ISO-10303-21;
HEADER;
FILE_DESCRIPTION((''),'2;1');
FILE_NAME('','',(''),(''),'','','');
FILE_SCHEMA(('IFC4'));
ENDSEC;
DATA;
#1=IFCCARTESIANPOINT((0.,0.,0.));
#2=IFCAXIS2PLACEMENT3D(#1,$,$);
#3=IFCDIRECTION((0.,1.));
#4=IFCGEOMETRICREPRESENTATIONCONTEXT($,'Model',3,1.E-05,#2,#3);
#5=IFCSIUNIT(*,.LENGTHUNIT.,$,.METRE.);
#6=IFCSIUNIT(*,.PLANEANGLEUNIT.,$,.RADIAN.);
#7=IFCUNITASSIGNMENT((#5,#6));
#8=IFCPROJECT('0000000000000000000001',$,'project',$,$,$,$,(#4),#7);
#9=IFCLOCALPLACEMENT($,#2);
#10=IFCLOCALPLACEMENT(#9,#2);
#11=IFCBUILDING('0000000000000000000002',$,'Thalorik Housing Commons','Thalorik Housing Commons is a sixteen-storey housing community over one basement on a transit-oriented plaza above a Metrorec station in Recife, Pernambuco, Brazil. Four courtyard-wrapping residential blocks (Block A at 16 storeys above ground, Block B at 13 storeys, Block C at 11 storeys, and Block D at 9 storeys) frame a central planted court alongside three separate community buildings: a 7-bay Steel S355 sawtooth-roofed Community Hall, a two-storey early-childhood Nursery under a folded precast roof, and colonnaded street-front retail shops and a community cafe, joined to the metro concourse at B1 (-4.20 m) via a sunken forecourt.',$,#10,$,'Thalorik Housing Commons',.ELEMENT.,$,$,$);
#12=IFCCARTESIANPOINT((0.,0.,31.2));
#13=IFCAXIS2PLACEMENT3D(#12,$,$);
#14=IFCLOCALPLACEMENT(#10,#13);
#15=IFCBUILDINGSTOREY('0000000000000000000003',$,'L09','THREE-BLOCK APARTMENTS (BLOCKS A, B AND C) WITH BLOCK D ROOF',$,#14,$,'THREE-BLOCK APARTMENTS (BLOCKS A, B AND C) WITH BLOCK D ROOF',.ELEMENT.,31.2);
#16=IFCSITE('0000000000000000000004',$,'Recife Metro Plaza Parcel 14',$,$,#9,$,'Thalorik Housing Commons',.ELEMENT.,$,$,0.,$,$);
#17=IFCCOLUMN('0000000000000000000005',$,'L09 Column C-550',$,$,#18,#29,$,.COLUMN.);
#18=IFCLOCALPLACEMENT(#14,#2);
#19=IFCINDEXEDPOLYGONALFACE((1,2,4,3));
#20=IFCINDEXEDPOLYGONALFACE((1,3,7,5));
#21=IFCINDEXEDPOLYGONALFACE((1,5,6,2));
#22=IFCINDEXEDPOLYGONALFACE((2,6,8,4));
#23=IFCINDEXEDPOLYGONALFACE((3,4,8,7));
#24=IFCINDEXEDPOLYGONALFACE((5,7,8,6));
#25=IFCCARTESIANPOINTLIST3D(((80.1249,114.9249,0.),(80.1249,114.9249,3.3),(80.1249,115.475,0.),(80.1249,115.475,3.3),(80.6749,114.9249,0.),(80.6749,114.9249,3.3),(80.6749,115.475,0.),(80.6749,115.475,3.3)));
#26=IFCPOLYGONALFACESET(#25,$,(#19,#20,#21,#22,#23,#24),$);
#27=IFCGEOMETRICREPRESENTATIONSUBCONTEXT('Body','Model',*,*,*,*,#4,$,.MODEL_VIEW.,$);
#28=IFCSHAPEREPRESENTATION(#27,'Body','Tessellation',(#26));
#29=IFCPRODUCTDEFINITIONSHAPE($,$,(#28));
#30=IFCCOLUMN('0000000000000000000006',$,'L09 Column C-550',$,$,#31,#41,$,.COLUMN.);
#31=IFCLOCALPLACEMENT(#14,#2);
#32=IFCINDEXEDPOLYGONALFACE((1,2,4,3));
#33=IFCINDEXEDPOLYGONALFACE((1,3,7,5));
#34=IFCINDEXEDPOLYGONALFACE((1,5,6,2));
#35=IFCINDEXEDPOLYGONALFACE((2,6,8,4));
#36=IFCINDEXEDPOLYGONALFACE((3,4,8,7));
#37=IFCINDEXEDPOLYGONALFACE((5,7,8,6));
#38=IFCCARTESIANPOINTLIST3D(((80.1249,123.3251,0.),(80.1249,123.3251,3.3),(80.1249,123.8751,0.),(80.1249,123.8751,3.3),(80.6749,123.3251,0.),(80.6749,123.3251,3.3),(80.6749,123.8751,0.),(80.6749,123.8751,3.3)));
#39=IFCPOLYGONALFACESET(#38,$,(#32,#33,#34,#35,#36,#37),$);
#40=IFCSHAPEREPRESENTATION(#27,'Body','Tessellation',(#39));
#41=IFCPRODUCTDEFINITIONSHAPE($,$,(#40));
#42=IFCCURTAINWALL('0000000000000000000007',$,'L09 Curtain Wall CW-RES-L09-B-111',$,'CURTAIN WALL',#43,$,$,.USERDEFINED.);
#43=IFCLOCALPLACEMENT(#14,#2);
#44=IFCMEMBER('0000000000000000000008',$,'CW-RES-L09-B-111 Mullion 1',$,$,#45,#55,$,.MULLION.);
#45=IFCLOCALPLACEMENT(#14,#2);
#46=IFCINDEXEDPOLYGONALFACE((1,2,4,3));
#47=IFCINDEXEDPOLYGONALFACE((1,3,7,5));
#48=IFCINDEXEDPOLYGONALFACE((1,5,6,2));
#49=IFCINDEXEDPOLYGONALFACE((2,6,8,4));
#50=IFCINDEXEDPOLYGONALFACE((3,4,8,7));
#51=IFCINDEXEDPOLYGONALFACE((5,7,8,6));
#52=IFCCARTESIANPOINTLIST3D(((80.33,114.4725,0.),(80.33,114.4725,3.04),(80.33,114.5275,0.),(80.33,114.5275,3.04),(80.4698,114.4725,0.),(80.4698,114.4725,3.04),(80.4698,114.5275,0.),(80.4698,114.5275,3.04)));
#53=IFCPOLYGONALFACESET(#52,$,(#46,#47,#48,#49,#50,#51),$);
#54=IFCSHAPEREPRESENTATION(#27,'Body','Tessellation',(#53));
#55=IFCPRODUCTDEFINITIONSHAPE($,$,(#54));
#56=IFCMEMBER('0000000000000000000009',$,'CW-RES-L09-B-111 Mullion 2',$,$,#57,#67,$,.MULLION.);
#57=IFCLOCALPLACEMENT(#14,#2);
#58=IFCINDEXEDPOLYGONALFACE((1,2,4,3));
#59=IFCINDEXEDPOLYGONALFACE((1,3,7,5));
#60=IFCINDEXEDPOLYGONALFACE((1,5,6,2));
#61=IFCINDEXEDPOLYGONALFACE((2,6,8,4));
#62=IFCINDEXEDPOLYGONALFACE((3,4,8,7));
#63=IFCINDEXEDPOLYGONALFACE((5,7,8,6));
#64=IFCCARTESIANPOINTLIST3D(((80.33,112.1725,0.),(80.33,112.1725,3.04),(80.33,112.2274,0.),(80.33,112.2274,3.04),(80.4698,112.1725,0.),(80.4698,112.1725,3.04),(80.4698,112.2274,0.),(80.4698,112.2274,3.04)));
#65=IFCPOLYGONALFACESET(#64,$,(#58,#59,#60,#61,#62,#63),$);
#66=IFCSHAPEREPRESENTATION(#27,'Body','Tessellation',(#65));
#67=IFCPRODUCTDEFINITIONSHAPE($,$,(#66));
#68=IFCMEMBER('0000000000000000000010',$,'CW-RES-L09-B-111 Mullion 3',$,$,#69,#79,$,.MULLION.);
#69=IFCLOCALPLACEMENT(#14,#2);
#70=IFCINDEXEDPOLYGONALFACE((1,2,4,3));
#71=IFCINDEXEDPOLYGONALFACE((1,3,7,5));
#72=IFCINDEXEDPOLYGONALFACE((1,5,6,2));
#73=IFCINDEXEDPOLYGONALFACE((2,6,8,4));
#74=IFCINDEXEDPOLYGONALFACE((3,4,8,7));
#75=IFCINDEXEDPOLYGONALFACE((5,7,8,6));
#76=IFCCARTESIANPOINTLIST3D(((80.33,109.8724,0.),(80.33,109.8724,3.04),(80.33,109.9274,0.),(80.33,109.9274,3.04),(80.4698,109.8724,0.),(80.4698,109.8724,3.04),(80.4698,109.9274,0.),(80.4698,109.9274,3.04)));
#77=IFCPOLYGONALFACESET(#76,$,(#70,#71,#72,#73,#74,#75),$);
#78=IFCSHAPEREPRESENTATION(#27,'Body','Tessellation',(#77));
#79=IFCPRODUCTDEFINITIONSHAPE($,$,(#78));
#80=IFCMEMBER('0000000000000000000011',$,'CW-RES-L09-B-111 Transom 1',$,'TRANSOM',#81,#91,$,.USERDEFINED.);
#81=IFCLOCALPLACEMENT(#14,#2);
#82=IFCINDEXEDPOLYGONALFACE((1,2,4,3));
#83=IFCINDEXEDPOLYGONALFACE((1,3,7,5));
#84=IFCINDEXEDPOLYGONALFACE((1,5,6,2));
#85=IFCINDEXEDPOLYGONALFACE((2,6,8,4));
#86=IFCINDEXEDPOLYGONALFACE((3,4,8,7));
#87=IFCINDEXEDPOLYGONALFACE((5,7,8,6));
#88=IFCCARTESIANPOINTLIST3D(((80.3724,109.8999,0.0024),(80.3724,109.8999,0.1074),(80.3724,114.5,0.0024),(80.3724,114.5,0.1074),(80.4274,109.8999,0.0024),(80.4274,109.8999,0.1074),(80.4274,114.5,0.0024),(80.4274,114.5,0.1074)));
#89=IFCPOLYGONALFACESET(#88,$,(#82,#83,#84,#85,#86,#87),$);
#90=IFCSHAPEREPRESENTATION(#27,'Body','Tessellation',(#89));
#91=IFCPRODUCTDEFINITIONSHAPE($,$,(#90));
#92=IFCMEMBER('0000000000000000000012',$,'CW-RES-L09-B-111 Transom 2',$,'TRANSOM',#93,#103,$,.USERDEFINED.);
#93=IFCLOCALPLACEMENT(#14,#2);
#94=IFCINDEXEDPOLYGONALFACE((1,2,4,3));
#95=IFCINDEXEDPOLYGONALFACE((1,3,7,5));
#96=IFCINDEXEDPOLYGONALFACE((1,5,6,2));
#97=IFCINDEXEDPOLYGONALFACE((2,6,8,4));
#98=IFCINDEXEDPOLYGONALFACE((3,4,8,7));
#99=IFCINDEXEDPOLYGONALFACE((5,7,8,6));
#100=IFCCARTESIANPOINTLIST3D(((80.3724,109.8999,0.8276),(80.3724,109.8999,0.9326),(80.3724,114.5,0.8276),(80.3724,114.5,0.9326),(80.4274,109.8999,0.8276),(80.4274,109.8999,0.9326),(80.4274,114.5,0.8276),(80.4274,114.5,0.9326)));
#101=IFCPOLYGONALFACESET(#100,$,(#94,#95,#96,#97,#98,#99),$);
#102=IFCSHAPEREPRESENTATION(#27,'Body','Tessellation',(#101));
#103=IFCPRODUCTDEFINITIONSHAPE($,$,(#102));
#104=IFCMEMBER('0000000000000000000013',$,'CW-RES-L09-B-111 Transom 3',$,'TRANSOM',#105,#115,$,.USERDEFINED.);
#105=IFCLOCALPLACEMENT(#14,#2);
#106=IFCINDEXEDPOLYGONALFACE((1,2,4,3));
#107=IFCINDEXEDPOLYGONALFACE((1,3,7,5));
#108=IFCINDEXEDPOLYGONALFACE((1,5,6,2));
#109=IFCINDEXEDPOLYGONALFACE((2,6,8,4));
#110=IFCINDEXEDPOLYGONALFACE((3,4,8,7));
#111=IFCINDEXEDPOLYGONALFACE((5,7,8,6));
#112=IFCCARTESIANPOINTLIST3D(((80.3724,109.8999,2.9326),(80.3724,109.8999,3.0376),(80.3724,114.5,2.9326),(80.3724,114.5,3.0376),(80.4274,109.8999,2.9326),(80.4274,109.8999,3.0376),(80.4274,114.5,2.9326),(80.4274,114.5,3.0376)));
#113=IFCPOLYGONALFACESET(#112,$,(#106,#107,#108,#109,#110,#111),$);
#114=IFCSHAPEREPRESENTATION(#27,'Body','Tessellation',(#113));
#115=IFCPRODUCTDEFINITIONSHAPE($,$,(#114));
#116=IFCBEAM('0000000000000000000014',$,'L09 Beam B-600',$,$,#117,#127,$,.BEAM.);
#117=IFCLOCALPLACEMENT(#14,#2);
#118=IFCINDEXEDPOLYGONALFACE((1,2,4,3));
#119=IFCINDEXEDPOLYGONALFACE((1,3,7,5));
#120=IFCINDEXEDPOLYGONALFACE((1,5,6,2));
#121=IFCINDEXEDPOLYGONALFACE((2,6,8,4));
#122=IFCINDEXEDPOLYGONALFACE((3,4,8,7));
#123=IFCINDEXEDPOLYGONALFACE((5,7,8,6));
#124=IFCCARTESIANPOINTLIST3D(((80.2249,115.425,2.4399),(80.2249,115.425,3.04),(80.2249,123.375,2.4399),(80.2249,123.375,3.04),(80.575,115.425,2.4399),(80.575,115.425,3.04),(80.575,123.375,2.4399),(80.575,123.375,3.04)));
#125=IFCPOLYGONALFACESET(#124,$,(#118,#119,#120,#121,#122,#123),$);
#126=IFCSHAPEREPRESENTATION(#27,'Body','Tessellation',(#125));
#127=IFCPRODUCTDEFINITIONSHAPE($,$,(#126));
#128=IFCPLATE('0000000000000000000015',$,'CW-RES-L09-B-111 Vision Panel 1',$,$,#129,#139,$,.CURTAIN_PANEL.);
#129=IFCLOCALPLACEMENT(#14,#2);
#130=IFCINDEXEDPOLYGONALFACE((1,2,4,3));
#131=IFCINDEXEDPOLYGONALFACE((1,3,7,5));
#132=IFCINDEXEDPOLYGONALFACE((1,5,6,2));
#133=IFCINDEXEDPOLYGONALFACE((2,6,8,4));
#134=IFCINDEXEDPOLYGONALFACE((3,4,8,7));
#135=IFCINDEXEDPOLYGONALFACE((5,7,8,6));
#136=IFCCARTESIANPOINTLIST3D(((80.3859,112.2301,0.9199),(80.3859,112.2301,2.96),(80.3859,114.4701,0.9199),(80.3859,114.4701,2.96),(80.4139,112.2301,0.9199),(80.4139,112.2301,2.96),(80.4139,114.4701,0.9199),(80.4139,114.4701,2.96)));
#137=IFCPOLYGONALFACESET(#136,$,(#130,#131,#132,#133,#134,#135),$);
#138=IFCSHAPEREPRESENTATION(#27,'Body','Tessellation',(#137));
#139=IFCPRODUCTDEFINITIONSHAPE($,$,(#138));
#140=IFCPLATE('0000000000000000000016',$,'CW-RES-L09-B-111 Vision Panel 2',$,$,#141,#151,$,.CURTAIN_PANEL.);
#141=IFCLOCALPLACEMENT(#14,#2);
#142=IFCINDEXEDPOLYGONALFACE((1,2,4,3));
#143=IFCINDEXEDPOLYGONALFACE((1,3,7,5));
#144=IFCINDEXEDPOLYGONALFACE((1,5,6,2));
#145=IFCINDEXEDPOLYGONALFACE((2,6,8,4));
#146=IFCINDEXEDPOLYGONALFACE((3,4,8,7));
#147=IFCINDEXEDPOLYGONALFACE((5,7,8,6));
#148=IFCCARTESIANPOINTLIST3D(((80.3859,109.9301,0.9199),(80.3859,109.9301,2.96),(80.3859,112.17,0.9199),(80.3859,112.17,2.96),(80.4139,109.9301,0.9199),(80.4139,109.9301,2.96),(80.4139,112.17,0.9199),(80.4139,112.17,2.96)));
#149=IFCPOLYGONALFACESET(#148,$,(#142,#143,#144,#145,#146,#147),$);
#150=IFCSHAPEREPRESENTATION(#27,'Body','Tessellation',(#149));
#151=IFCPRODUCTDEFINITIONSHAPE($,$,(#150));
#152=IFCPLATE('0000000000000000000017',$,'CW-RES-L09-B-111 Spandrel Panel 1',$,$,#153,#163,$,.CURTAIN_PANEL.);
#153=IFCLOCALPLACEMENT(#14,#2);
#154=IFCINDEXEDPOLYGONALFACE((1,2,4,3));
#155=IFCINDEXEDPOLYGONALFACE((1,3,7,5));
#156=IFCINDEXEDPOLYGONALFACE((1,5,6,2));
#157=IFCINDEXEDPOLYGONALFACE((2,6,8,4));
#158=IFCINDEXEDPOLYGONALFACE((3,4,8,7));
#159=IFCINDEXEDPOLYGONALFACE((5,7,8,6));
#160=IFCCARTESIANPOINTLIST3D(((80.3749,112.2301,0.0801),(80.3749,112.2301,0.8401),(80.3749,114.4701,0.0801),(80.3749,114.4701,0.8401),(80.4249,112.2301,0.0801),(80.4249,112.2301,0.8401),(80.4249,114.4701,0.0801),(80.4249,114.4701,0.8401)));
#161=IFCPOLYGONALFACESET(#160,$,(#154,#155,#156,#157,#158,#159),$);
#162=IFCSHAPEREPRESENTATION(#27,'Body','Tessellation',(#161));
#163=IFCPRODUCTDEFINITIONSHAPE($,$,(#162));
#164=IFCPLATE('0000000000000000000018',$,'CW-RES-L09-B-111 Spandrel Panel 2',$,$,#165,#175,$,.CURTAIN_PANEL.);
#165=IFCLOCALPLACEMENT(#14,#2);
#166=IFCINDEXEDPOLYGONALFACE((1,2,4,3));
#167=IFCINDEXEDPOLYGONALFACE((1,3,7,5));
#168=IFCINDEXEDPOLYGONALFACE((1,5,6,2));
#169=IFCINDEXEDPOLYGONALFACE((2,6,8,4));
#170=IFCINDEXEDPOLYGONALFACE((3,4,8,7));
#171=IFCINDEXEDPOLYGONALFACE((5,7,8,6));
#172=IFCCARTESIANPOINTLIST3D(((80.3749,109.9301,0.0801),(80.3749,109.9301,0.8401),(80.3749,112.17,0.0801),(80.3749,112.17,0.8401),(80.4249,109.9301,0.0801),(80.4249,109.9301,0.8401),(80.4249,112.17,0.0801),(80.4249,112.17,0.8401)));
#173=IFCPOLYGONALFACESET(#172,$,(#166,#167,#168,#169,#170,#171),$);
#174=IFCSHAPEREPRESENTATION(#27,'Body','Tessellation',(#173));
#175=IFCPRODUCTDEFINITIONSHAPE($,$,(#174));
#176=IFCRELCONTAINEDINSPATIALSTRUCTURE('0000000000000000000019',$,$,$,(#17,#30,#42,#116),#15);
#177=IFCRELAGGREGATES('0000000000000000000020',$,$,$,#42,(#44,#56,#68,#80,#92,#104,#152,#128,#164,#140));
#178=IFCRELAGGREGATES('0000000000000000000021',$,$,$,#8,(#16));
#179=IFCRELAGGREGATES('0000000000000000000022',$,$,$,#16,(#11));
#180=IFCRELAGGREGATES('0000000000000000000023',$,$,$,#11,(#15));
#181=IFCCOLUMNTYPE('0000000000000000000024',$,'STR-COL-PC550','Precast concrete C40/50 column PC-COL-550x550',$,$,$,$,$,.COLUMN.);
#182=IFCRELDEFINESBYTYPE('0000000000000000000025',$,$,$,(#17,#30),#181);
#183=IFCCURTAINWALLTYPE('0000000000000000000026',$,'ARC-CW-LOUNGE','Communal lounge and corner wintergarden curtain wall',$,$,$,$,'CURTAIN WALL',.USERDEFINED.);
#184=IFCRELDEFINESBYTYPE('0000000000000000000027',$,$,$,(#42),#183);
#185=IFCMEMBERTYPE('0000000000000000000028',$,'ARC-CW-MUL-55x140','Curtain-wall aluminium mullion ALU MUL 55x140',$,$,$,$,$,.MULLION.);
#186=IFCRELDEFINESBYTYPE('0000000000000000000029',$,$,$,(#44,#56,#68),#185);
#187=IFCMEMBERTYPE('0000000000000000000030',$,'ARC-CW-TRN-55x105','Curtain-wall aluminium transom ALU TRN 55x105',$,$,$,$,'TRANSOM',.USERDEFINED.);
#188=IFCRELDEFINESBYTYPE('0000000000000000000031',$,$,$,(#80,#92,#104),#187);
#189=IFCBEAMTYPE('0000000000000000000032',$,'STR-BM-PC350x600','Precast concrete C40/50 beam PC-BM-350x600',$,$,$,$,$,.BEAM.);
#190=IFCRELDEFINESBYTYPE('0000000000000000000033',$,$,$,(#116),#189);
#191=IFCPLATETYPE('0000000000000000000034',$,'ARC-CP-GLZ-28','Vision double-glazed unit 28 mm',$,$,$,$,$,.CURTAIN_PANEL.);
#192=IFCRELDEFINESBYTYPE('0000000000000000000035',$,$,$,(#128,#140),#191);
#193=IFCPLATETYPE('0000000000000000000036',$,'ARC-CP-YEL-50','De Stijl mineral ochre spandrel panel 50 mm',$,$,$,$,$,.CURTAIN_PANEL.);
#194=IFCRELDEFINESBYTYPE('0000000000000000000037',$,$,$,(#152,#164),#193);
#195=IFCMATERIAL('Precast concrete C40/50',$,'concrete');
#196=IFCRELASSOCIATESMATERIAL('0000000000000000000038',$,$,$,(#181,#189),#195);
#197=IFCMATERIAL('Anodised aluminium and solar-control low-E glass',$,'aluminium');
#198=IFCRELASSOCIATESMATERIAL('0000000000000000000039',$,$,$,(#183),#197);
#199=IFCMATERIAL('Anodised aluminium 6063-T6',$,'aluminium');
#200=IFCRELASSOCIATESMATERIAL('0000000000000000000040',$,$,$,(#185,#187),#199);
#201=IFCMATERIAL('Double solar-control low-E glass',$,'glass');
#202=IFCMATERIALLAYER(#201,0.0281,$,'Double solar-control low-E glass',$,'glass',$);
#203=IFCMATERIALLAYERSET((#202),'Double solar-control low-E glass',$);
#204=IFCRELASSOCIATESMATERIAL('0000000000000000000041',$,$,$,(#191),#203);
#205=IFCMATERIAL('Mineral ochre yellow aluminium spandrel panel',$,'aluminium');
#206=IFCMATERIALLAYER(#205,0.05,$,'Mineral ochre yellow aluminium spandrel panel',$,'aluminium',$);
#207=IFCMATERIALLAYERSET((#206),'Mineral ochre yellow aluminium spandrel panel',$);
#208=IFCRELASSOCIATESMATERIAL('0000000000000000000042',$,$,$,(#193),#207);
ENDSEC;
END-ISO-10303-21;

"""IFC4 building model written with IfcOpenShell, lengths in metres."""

from ifc_helpers import new_model, si_unit, direction, frame, origin, origin_2d, place, context, subcontext, project, spatial, rectangle, extrude, material, layer, layer_set, material_profile, profile_set, type_object, element, aggregate, save


model = new_model("IFC4")

# Units and contexts
model_context = context("Model", 3, precision=1e-05, world=origin(), true_north=direction((0.0, 1.0)))
body_context = subcontext(model_context, "Body", "Model", "MODEL_VIEW")
ifc_project = project(units=[si_unit("LENGTHUNIT", "METRE"), si_unit("PLANEANGLEUNIT", "RADIAN")], contexts=[model_context])

# Site, building, storey
site_placement = place(None, origin())
site = spatial("IfcSite", under=ifc_project, at=site_placement, Name="Recife Metro Plaza Parcel 14", LongName="Thalorik Housing Commons", CompositionType="ELEMENT", RefElevation=0.0)
building_placement = place(site_placement, origin())
building = spatial("IfcBuilding", under=site, at=building_placement, Name="Thalorik Housing Commons", Description="Thalorik Housing Commons is a sixteen-storey housing community over one basement on a transit-oriented plaza above a Metrorec station in Recife, Pernambuco, Brazil. Four courtyard-wrapping residential blocks (Block A at 16 storeys above ground, Block B at 13 storeys, Block C at 11 storeys, and Block D at 9 storeys) frame a central planted court alongside three separate community buildings: a 7-bay Steel S355 sawtooth-roofed Community Hall, a two-storey early-childhood Nursery under a folded precast roof, and colonnaded street-front retail shops and a community cafe, joined to the metro concourse at B1 (-4.20 m) via a sunken forecourt.", LongName="Thalorik Housing Commons", CompositionType="ELEMENT")
storey_placement = place(building_placement, frame((0.0, 0.0, 31.2)))
storey = spatial("IfcBuildingStorey", under=building, at=storey_placement, Name="L09", Description="THREE-BLOCK APARTMENTS (BLOCKS A, B AND C) WITH BLOCK D ROOF", LongName="THREE-BLOCK APARTMENTS (BLOCKS A, B AND C) WITH BLOCK D ROOF", CompositionType="ELEMENT", Elevation=31.2)

# Columns
ifc_material_1 = material(Name="Precast concrete C40/50", Category="concrete")
ifc_material_profile_1 = material_profile(ifc_material_1, rectangle(XDim=0.55, YDim=0.55, at=origin_2d()), Name="PC 550x550", Category="concrete")
ifc_profile_set_1 = profile_set([ifc_material_profile_1], Name="Precast concrete C40/50")
column_type = type_object("IfcColumnType", Name="STR-COL-PC550", Description="Precast concrete C40/50 column PC-COL-550x550", PredefinedType="COLUMN", material=ifc_profile_set_1)
for number, where, z_axis, x_axis, name in (
    (1, (80.3999, 115.2, 0.0), (0.0, 0.0, 1.0), (1.0, 0.0, 0.0), "L09 Column C-550"),
    (2, (80.3999, 123.6001, 0.0), (0.0, 0.0, 1.0), (1.0, 0.0, 0.0), "L09 Column C-550"),
):
    element("IfcColumn", number, at=place(storey_placement, frame(where, z_axis=z_axis, x_axis=x_axis)), inside=storey, type_object=column_type, Name=name, PredefinedType="COLUMN", context=body_context, shape_type="SweptSolid", body=[
        extrude(rectangle(XDim=0.55, YDim=0.55, at=origin_2d()), origin(), (0.0, 0.0, 1.0), 3.3),
    ])

# Curtain wall, members
ifc_material_2 = material(Name="Anodised aluminium and solar-control low-E glass", Category="aluminium")
curtain_wall_type = type_object("IfcCurtainWallType", Name="ARC-CW-LOUNGE", Description="Communal lounge and corner wintergarden curtain wall", ElementType="CURTAIN WALL", PredefinedType="USERDEFINED", material=ifc_material_2)
curtain_wall_placement = place(storey_placement, origin())
curtain_wall = element("IfcCurtainWall", 3, at=curtain_wall_placement, inside=storey, type_object=curtain_wall_type, Name="L09 Curtain Wall CW-RES-L09-B-111", ObjectType="CURTAIN WALL", PredefinedType="USERDEFINED")
ifc_material_3 = material(Name="Anodised aluminium 6063-T6", Category="aluminium")
ifc_material_profile_2 = material_profile(ifc_material_3, rectangle(XDim=0.0549, YDim=0.1399, at=origin_2d()), Name="ALU MUL 55x140", Category="aluminium")
ifc_profile_set_2 = profile_set([ifc_material_profile_2], Name="Anodised aluminium 6063-T6")
member_type_1 = type_object("IfcMemberType", Name="ARC-CW-MUL-55x140", Description="Curtain-wall aluminium mullion ALU MUL 55x140", PredefinedType="MULLION", material=ifc_profile_set_2)
member_1_placement = place(storey_placement, frame((80.3999, 114.5, 0.0), z_axis=(0.0, 0.0, 1.0), x_axis=(0.0, -1.0, 0.0)))
member_1 = element("IfcMember", 4, at=member_1_placement, type_object=member_type_1, Name="CW-RES-L09-B-111 Mullion 1", PredefinedType="MULLION", context=body_context, shape_type="SweptSolid", body=[
    extrude(rectangle(XDim=0.0549, YDim=0.1399, at=origin_2d()), origin(), (0.0, 0.0, 1.0), 3.04),
])
member_2_placement = place(storey_placement, frame((80.3999, 112.2, 0.0), z_axis=(0.0, 0.0, 1.0), x_axis=(0.0, -1.0, 0.0)))
member_2 = element("IfcMember", 5, at=member_2_placement, type_object=member_type_1, Name="CW-RES-L09-B-111 Mullion 2", PredefinedType="MULLION", context=body_context, shape_type="SweptSolid", body=[
    extrude(rectangle(XDim=0.0549, YDim=0.1399, at=origin_2d()), origin(), (0.0, 0.0, 1.0), 3.04),
])
member_3_placement = place(storey_placement, frame((80.3999, 109.8999, 0.0), z_axis=(0.0, 0.0, 1.0), x_axis=(0.0, -1.0, 0.0)))
member_3 = element("IfcMember", 6, at=member_3_placement, type_object=member_type_1, Name="CW-RES-L09-B-111 Mullion 3", PredefinedType="MULLION", context=body_context, shape_type="SweptSolid", body=[
    extrude(rectangle(XDim=0.0549, YDim=0.1399, at=origin_2d()), origin(), (0.0, 0.0, 1.0), 3.04),
])
ifc_material_profile_3 = material_profile(ifc_material_3, rectangle(XDim=0.0549, YDim=0.105, at=origin_2d()), Name="ALU TRN 55x105", Category="aluminium")
ifc_profile_set_3 = profile_set([ifc_material_profile_3], Name="Anodised aluminium 6063-T6")
member_type_2 = type_object("IfcMemberType", Name="ARC-CW-TRN-55x105", Description="Curtain-wall aluminium transom ALU TRN 55x105", ElementType="TRANSOM", PredefinedType="USERDEFINED", material=ifc_profile_set_3)
member_4_placement = place(storey_placement, frame((80.3999, 114.5, 0.0549), z_axis=(0.0, -1.0, 0.0), x_axis=(1.0, 0.0, 0.0)))
member_4 = element("IfcMember", 7, at=member_4_placement, type_object=member_type_2, Name="CW-RES-L09-B-111 Transom 1", ObjectType="TRANSOM", PredefinedType="USERDEFINED", context=body_context, shape_type="SweptSolid", body=[
    extrude(rectangle(XDim=0.0549, YDim=0.105, at=origin_2d()), origin(), (0.0, 0.0, 1.0), 4.6001),
])
member_5_placement = place(storey_placement, frame((80.3999, 114.5, 0.8801), z_axis=(0.0, -1.0, 0.0), x_axis=(1.0, 0.0, 0.0)))
member_5 = element("IfcMember", 8, at=member_5_placement, type_object=member_type_2, Name="CW-RES-L09-B-111 Transom 2", ObjectType="TRANSOM", PredefinedType="USERDEFINED", context=body_context, shape_type="SweptSolid", body=[
    extrude(rectangle(XDim=0.0549, YDim=0.105, at=origin_2d()), origin(), (0.0, 0.0, 1.0), 4.6001),
])
member_6_placement = place(storey_placement, frame((80.3999, 114.5, 2.9851), z_axis=(0.0, -1.0, 0.0), x_axis=(1.0, 0.0, 0.0)))
member_6 = element("IfcMember", 9, at=member_6_placement, type_object=member_type_2, Name="CW-RES-L09-B-111 Transom 3", ObjectType="TRANSOM", PredefinedType="USERDEFINED", context=body_context, shape_type="SweptSolid", body=[
    extrude(rectangle(XDim=0.0549, YDim=0.105, at=origin_2d()), origin(), (0.0, 0.0, 1.0), 4.6001),
])

# Beam
ifc_material_profile_4 = material_profile(ifc_material_1, rectangle(XDim=0.3501, YDim=0.6001, at=origin_2d()), Name="PC 350x600", Category="concrete")
ifc_profile_set_4 = profile_set([ifc_material_profile_4], Name="Precast concrete C40/50")
beam_type = type_object("IfcBeamType", Name="STR-BM-PC350x600", Description="Precast concrete C40/50 beam PC-BM-350x600", PredefinedType="BEAM", material=ifc_profile_set_4)
beam_placement = place(storey_placement, frame((80.3999, 115.425, 2.74), z_axis=(0.0, 1.0, 0.0), x_axis=(-1.0, 0.0, 0.0)))
element("IfcBeam", 10, at=beam_placement, inside=storey, type_object=beam_type, Name="L09 Beam B-600", PredefinedType="BEAM", context=body_context, shape_type="SweptSolid", body=[
    extrude(rectangle(XDim=0.3501, YDim=0.6001, at=origin_2d()), origin(), (0.0, 0.0, 1.0), 7.95),
])

# Plates
ifc_material_4 = material(Name="Double solar-control low-E glass", Category="glass")
ifc_layer_1 = layer(ifc_material_4, 0.0281, Name="Double solar-control low-E glass", Category="glass")
ifc_layer_set_1 = layer_set([ifc_layer_1], Name="Double solar-control low-E glass")
plate_type_1 = type_object("IfcPlateType", Name="ARC-CP-GLZ-28", Description="Vision double-glazed unit 28 mm", PredefinedType="CURTAIN_PANEL", material=ifc_layer_set_1)
plate_1_placement = place(storey_placement, frame((80.3999, 113.3501, 0.9199), z_axis=(0.0, 0.0, 1.0), x_axis=(0.0, -1.0, 0.0)))
plate_1 = element("IfcPlate", 11, at=plate_1_placement, type_object=plate_type_1, Name="CW-RES-L09-B-111 Vision Panel 1", PredefinedType="CURTAIN_PANEL", context=body_context, shape_type="SweptSolid", body=[
    extrude(rectangle(XDim=2.24, YDim=0.0281, at=origin_2d()), origin(), (0.0, 0.0, 1.0), 2.04),
])
plate_2_placement = place(storey_placement, frame((80.3999, 111.05, 0.9199), z_axis=(0.0, 0.0, 1.0), x_axis=(0.0, -1.0, 0.0)))
plate_2 = element("IfcPlate", 12, at=plate_2_placement, type_object=plate_type_1, Name="CW-RES-L09-B-111 Vision Panel 2", PredefinedType="CURTAIN_PANEL", context=body_context, shape_type="SweptSolid", body=[
    extrude(rectangle(XDim=2.24, YDim=0.0281, at=origin_2d()), origin(), (0.0, 0.0, 1.0), 2.04),
])
ifc_material_5 = material(Name="Mineral ochre yellow aluminium spandrel panel", Category="aluminium")
ifc_layer_2 = layer(ifc_material_5, 0.05, Name="Mineral ochre yellow aluminium spandrel panel", Category="aluminium")
ifc_layer_set_2 = layer_set([ifc_layer_2], Name="Mineral ochre yellow aluminium spandrel panel")
plate_type_2 = type_object("IfcPlateType", Name="ARC-CP-YEL-50", Description="De Stijl mineral ochre spandrel panel 50 mm", PredefinedType="CURTAIN_PANEL", material=ifc_layer_set_2)
plate_3_placement = place(storey_placement, frame((80.3999, 113.3501, 0.0801), z_axis=(0.0, 0.0, 1.0), x_axis=(0.0, -1.0, 0.0)))
plate_3 = element("IfcPlate", 13, at=plate_3_placement, type_object=plate_type_2, Name="CW-RES-L09-B-111 Spandrel Panel 1", PredefinedType="CURTAIN_PANEL", context=body_context, shape_type="SweptSolid", body=[
    extrude(rectangle(XDim=2.24, YDim=0.05, at=origin_2d()), origin(), (0.0, 0.0, 1.0), 0.76),
])
plate_4_placement = place(storey_placement, frame((80.3999, 111.05, 0.0801), z_axis=(0.0, 0.0, 1.0), x_axis=(0.0, -1.0, 0.0)))
plate_4 = element("IfcPlate", 14, at=plate_4_placement, type_object=plate_type_2, Name="CW-RES-L09-B-111 Spandrel Panel 2", PredefinedType="CURTAIN_PANEL", context=body_context, shape_type="SweptSolid", body=[
    extrude(rectangle(XDim=2.24, YDim=0.05, at=origin_2d()), origin(), (0.0, 0.0, 1.0), 0.76),
])
aggregate(curtain_wall, [member_1, member_2, member_3, member_4, member_5, member_6, plate_3, plate_1, plate_4, plate_2])

save(model, "model.ifc")
